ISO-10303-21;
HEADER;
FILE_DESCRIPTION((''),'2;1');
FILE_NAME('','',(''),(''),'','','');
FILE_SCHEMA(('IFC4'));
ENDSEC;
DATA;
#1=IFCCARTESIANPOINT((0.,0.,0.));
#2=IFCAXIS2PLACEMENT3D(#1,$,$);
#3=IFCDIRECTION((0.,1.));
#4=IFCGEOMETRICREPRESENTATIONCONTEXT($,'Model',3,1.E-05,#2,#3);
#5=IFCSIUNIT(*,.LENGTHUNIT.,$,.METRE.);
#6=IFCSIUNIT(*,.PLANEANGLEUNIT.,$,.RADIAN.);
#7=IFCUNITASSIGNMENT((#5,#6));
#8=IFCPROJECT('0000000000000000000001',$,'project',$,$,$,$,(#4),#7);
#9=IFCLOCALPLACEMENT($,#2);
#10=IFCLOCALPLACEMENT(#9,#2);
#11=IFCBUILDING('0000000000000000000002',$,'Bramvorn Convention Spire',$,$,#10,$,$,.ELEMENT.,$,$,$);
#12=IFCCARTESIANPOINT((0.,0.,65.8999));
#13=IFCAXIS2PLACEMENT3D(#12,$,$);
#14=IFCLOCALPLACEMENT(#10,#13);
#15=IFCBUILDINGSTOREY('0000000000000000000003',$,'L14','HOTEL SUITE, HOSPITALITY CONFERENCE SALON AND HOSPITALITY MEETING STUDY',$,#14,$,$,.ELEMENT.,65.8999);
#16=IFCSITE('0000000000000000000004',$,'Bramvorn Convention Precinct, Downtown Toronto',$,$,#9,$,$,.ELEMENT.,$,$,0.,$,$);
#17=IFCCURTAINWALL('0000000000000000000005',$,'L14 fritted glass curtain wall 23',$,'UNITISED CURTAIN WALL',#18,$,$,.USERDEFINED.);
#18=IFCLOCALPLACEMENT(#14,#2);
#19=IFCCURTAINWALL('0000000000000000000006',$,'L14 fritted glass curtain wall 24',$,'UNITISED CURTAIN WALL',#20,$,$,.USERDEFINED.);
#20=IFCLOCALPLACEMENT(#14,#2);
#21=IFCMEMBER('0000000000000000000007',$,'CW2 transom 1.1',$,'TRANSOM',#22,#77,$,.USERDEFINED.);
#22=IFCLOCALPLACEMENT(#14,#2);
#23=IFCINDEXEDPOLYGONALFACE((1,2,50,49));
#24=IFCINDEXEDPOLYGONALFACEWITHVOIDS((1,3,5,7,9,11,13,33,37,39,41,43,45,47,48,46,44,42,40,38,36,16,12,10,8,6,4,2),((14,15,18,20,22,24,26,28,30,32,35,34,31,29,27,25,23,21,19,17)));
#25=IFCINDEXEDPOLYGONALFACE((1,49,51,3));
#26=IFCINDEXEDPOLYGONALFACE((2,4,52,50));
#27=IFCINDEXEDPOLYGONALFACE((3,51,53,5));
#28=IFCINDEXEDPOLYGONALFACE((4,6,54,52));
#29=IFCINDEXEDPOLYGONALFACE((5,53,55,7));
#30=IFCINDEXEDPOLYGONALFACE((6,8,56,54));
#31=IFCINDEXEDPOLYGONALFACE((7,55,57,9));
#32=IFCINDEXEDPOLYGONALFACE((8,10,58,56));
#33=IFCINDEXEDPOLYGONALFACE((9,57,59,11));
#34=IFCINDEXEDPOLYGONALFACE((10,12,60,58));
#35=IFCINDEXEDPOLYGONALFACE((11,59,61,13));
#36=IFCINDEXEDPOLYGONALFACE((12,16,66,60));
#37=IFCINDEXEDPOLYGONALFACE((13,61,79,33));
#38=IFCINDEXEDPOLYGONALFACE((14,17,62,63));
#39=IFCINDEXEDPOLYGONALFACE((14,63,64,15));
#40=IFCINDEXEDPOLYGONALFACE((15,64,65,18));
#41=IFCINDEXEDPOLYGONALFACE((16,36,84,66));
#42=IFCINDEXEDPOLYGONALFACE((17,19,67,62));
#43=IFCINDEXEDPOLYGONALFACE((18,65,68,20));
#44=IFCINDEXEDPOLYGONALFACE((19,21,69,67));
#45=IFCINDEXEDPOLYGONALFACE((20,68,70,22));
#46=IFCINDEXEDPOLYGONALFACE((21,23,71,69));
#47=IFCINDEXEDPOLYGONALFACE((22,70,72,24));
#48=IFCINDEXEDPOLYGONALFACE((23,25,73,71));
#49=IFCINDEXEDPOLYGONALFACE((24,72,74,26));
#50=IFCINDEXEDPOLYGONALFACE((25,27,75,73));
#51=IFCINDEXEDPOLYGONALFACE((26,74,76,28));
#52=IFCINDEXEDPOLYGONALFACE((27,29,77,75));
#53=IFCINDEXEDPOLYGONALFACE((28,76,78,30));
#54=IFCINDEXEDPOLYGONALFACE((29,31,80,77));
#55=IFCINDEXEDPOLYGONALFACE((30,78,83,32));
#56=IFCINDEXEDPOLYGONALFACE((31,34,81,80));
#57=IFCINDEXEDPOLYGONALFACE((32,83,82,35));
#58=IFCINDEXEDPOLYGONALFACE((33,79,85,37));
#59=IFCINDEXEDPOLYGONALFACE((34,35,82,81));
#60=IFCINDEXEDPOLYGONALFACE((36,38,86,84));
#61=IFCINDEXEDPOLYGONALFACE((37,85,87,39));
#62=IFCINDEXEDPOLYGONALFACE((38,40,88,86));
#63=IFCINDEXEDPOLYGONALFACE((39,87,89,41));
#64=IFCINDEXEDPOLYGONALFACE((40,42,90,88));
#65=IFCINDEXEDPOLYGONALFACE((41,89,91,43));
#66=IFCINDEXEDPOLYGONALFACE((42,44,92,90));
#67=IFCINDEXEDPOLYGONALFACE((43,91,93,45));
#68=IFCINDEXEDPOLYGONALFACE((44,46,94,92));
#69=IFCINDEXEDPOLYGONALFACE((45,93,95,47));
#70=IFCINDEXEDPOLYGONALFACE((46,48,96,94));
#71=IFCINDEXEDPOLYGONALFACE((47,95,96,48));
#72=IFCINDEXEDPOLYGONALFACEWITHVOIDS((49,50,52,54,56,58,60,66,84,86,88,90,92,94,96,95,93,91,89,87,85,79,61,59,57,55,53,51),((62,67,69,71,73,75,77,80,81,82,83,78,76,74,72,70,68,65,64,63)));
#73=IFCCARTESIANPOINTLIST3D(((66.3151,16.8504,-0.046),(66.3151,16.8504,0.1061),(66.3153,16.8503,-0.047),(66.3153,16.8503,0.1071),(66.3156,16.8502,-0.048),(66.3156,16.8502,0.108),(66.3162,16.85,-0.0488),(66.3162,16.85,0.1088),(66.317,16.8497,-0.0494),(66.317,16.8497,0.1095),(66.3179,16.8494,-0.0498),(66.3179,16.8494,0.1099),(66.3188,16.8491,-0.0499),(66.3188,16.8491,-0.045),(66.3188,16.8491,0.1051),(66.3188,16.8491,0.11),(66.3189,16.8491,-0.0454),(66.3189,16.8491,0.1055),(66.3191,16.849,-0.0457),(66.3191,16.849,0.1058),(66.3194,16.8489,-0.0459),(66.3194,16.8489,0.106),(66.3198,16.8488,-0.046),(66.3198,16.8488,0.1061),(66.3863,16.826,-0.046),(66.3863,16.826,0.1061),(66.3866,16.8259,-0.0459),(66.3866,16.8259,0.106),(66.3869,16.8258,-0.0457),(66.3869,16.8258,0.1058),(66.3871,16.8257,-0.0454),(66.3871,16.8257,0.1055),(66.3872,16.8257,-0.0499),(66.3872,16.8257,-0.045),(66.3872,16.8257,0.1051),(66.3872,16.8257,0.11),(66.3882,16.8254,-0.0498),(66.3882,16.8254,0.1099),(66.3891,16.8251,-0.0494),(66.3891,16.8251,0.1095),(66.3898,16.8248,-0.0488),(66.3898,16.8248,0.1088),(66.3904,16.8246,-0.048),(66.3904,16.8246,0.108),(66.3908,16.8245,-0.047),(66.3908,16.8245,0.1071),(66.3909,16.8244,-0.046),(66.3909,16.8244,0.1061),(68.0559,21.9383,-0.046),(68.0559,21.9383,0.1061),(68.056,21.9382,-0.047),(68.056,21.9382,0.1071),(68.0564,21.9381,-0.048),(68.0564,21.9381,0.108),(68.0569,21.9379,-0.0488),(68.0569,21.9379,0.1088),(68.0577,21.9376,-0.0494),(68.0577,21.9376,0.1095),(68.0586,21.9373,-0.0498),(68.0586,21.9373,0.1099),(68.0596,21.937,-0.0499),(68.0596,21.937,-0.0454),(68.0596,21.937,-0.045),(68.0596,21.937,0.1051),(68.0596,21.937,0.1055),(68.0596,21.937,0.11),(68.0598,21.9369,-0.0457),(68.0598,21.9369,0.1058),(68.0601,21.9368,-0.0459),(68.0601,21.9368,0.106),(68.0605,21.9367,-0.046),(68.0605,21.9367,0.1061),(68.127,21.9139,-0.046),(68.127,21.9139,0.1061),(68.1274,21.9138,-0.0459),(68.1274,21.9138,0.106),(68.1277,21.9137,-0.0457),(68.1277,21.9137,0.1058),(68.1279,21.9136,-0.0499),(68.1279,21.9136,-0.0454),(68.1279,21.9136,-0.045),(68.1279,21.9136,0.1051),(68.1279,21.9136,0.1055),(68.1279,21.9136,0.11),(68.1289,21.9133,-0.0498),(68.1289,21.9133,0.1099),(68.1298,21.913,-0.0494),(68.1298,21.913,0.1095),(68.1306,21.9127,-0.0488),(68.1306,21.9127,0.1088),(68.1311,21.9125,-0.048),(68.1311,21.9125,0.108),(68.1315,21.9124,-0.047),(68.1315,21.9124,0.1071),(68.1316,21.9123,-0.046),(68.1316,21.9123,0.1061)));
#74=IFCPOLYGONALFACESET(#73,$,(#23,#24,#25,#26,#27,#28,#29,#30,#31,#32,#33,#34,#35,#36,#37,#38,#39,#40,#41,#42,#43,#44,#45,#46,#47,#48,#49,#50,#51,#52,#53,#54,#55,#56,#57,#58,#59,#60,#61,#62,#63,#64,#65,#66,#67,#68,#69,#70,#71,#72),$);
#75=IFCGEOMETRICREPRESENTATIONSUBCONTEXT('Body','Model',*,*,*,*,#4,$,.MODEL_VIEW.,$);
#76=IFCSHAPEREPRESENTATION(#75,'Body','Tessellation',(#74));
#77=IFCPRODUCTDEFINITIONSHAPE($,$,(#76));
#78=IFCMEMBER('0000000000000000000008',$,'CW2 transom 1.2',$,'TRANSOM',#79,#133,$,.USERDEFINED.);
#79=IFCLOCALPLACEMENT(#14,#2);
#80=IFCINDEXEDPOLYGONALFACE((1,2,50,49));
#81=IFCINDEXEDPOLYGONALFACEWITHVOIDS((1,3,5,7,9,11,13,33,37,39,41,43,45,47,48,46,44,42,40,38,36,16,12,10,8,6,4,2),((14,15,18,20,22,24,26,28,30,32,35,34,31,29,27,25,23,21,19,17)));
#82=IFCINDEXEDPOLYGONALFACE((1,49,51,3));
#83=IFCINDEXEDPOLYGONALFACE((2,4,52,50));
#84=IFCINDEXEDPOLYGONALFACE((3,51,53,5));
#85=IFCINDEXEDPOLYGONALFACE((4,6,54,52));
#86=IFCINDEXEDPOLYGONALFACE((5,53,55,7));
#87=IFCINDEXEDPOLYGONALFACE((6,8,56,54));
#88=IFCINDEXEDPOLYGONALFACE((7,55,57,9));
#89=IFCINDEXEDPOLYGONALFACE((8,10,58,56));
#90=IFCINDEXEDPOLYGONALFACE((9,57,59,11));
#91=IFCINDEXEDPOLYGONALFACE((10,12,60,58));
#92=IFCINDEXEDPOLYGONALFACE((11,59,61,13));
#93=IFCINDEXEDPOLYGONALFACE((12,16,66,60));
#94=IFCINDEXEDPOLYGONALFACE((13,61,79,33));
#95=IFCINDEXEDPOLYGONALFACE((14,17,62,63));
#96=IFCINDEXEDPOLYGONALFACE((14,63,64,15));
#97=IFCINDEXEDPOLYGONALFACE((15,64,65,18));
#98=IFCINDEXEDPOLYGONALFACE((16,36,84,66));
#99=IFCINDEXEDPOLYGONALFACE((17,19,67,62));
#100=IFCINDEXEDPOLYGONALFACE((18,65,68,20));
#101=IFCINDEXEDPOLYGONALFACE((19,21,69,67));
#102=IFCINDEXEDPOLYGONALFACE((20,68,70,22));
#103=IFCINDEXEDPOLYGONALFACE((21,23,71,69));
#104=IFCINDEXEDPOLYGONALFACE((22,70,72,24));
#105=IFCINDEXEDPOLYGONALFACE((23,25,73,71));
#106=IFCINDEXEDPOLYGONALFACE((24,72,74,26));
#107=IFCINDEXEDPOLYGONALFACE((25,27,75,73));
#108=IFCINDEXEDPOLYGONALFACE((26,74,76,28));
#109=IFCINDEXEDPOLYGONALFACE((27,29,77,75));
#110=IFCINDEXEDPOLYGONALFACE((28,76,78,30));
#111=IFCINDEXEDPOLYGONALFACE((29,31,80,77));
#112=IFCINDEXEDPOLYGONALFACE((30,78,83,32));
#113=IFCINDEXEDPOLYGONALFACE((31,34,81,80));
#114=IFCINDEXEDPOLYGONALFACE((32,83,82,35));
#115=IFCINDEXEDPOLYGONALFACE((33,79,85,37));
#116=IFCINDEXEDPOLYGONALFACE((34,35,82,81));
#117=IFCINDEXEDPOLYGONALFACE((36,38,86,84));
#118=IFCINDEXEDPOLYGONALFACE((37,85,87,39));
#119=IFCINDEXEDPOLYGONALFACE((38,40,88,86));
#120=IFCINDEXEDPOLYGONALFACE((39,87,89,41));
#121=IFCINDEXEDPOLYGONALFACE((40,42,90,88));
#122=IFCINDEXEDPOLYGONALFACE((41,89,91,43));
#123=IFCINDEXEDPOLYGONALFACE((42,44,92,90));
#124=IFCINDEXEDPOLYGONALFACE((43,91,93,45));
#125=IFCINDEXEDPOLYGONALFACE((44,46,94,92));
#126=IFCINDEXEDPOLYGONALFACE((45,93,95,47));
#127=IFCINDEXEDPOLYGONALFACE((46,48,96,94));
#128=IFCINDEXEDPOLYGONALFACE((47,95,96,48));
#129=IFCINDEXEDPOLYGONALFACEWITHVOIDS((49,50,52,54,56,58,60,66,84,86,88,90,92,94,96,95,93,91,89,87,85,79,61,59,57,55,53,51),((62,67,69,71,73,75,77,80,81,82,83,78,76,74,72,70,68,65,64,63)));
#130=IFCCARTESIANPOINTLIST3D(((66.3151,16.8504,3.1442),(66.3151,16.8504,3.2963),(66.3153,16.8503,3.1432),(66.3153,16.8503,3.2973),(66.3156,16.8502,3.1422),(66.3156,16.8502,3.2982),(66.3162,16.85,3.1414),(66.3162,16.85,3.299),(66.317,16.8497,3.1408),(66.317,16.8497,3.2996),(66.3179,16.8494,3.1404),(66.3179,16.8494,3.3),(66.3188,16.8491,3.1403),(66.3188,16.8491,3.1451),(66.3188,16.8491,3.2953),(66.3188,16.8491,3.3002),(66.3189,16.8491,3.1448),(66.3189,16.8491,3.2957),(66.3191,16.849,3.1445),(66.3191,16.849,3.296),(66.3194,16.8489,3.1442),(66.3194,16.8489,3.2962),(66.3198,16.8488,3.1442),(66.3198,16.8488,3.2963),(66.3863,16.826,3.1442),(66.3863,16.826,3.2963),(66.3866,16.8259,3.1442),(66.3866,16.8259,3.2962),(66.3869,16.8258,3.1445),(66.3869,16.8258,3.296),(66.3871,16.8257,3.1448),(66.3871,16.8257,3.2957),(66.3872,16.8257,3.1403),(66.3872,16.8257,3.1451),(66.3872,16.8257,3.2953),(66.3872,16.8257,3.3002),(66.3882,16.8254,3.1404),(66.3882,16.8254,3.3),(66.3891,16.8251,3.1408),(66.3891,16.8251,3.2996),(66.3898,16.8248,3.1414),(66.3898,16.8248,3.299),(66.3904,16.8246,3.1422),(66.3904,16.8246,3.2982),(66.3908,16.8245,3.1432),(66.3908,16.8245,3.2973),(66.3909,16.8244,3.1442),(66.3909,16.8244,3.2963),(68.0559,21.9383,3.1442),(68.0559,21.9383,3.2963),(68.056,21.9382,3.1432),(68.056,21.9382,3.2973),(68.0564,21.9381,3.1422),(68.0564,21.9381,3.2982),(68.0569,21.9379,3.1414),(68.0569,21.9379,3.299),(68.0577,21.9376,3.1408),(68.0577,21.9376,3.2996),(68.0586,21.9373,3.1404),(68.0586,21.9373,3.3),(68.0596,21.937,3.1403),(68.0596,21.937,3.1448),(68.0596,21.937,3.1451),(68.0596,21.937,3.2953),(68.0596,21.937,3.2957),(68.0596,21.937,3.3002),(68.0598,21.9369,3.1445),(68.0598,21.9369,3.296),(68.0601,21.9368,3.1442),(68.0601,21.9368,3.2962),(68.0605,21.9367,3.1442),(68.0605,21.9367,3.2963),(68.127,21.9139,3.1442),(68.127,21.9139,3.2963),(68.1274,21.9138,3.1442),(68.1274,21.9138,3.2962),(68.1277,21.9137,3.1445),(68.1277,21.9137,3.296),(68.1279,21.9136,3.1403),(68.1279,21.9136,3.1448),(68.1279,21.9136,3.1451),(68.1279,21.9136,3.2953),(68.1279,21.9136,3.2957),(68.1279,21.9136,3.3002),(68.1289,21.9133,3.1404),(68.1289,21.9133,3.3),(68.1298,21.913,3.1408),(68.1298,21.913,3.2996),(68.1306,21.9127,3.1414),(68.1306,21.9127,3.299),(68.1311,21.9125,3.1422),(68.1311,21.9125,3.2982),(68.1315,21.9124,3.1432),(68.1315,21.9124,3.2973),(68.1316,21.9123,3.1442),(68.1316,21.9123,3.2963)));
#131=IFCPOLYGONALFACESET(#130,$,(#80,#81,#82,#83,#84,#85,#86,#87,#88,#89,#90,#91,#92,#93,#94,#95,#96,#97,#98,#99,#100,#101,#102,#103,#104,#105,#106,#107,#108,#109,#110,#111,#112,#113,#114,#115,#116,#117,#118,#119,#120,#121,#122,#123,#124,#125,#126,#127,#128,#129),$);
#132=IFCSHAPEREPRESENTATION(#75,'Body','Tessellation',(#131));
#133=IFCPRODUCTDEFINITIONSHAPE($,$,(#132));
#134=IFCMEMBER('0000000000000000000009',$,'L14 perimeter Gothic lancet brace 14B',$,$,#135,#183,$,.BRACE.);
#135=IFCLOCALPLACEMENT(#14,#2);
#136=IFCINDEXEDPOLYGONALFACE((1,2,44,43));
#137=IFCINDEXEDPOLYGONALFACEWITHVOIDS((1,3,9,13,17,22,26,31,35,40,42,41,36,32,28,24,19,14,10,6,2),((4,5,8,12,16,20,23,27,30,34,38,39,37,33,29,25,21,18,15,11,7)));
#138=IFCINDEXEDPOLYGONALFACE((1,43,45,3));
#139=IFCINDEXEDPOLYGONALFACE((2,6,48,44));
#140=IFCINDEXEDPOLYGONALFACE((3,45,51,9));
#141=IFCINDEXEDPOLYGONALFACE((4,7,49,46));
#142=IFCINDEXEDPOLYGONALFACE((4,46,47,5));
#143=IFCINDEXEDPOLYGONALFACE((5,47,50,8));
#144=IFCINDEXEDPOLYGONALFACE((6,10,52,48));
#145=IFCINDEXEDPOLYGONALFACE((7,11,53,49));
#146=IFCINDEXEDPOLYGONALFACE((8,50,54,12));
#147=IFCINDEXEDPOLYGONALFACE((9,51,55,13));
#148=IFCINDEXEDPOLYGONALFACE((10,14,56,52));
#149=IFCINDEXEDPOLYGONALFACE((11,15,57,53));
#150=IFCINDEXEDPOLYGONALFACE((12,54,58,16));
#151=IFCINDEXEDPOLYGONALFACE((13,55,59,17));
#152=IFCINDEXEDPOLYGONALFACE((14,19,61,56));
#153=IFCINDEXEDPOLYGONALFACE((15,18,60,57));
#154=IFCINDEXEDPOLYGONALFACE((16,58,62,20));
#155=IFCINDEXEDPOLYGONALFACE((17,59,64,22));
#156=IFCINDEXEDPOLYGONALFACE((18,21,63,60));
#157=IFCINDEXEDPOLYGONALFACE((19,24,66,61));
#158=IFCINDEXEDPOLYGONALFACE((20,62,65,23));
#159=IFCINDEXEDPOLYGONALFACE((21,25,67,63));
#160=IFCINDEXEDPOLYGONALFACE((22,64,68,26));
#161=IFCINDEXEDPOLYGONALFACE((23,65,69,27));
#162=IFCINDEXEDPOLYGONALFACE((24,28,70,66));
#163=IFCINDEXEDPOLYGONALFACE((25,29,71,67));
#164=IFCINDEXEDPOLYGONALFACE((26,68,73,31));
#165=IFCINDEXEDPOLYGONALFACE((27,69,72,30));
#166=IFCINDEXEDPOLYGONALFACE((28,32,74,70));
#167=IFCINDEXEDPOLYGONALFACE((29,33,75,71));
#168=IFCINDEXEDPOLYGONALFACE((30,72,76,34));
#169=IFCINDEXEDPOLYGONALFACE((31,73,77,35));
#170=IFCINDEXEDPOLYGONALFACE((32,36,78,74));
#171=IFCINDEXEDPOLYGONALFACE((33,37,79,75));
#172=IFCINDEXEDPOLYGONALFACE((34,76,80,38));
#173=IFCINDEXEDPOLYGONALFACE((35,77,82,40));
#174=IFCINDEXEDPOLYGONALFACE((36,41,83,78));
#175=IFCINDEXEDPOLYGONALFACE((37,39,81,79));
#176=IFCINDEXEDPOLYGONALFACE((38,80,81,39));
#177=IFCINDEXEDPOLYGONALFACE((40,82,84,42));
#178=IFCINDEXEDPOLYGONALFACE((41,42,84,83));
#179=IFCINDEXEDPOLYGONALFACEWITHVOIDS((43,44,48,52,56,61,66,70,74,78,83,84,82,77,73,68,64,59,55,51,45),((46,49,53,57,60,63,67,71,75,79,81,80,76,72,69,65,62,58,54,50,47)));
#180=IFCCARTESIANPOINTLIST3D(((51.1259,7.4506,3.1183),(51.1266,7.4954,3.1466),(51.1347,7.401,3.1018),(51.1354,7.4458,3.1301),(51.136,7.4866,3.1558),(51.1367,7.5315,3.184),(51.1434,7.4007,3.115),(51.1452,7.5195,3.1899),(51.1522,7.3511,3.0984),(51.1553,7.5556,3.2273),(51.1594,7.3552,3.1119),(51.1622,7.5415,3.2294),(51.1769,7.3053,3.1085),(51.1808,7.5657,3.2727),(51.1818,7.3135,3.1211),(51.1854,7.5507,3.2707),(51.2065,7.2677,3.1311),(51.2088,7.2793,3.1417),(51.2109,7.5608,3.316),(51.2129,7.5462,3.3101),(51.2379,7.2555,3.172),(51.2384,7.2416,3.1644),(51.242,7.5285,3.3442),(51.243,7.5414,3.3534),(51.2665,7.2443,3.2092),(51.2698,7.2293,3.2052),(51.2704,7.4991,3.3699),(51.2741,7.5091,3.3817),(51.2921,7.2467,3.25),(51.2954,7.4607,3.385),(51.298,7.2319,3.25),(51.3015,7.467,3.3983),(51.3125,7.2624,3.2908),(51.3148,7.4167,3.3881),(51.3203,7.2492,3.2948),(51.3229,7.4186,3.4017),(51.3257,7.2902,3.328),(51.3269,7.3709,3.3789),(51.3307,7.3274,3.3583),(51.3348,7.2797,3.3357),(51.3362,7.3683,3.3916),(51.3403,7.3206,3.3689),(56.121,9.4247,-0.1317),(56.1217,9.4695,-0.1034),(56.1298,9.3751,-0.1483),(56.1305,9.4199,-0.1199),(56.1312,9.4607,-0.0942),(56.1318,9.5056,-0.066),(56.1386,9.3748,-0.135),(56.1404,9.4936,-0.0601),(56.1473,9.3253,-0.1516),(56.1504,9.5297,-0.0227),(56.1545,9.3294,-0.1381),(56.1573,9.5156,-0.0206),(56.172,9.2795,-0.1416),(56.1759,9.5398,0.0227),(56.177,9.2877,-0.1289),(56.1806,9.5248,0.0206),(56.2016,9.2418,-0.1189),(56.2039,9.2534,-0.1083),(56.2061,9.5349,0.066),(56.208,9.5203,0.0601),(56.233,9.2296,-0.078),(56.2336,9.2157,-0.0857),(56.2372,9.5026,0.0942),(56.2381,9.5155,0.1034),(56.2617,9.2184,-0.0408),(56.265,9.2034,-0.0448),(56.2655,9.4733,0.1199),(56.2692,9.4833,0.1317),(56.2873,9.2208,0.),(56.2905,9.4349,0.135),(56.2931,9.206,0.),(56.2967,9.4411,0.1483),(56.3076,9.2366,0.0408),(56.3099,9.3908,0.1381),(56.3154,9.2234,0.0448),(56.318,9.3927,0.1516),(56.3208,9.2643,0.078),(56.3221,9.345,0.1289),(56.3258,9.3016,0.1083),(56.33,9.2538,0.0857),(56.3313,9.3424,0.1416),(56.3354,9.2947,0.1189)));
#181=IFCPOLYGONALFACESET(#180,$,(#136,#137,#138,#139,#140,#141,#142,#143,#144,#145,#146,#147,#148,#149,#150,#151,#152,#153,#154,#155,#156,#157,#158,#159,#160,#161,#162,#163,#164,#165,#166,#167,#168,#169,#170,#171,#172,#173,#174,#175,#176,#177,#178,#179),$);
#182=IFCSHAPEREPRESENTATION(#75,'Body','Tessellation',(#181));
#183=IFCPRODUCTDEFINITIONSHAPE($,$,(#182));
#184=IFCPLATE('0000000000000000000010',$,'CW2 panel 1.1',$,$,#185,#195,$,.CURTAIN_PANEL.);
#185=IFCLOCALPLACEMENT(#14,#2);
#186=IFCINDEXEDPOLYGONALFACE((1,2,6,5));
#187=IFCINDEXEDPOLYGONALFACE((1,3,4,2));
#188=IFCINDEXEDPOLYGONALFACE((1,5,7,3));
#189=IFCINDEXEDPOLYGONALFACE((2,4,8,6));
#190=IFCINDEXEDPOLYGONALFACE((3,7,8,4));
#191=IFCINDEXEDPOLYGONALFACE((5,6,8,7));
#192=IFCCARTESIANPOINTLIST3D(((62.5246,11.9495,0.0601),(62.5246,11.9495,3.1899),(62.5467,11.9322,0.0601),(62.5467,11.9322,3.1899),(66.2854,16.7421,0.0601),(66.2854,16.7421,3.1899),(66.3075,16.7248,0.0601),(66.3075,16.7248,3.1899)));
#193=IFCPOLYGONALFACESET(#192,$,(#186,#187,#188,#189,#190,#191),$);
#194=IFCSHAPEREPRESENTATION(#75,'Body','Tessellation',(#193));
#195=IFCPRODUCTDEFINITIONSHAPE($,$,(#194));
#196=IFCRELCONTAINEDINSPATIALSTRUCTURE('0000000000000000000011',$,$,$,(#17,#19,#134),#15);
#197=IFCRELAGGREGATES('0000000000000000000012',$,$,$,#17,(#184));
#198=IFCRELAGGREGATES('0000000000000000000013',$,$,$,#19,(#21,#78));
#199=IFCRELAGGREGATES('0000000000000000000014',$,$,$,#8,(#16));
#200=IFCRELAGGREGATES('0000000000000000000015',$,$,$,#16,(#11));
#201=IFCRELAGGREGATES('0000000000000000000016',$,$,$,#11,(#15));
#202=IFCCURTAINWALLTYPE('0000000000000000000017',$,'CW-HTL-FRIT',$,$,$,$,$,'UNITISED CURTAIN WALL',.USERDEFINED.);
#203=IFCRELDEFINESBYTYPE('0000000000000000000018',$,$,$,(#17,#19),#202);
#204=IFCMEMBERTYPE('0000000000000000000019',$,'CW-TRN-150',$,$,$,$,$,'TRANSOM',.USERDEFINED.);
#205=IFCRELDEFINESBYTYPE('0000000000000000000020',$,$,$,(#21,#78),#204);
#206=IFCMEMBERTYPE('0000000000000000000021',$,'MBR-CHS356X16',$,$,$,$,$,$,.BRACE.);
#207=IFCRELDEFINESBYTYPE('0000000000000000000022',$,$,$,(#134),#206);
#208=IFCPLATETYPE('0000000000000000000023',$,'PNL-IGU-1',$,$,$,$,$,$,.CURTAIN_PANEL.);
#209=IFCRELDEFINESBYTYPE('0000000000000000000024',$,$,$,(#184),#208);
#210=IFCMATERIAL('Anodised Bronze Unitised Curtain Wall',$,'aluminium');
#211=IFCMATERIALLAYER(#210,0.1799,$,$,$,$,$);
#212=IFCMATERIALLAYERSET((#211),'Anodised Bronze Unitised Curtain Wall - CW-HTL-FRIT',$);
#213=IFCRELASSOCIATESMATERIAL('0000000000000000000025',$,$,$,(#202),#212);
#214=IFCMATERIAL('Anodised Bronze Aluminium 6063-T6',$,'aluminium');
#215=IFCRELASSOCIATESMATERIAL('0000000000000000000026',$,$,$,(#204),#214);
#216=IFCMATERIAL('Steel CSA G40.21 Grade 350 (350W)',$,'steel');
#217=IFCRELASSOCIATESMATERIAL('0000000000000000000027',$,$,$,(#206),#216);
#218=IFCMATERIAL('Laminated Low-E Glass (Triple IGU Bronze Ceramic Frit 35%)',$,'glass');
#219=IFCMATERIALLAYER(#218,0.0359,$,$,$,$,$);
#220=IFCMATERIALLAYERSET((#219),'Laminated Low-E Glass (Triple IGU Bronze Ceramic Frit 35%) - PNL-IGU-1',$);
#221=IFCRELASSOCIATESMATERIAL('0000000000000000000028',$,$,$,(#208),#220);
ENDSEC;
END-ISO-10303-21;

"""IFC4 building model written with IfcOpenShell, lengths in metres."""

from ifc_helpers import new_model, si_unit, direction, frame, origin, origin_2d, place, context, subcontext, project, spatial, rectangle, hollow_rectangle, hollow_circle, extrude, material, layer, layer_set, material_profile, profile_set, type_object, element, aggregate, save


model = new_model("IFC4")

# Units and contexts
model_context = context("Model", 3, precision=1e-05, world=origin(), true_north=direction((0.0, 1.0)))
body_context = subcontext(model_context, "Body", "Model", "MODEL_VIEW")
ifc_project = project(units=[si_unit("LENGTHUNIT", "METRE"), si_unit("PLANEANGLEUNIT", "RADIAN")], contexts=[model_context])

# Site, building, storey
site_placement = place(None, origin())
site = spatial("IfcSite", under=ifc_project, at=site_placement, Name="Bramvorn Convention Precinct, Downtown Toronto", CompositionType="ELEMENT", RefElevation=0.0)
building_placement = place(site_placement, origin())
building = spatial("IfcBuilding", under=site, at=building_placement, Name="Bramvorn Convention Spire", CompositionType="ELEMENT")
storey_placement = place(building_placement, frame((0.0, 0.0, 65.8999)))
storey = spatial("IfcBuildingStorey", under=building, at=storey_placement, Name="L14", Description="HOTEL SUITE, HOSPITALITY CONFERENCE SALON AND HOSPITALITY MEETING STUDY", CompositionType="ELEMENT", Elevation=65.8999)

# Shared definitions
ifc_material_1 = material(Name="Steel CSA G40.21 Grade 350 (350W)", Category="steel")

# Curtain walls
ifc_material_2 = material(Name="Anodised Bronze Unitised Curtain Wall", Category="aluminium")
ifc_layer_1 = layer(ifc_material_2, 0.1799)
ifc_layer_set_1 = layer_set([ifc_layer_1], Name="Anodised Bronze Unitised Curtain Wall - CW-HTL-FRIT")
curtain_wall_type = type_object("IfcCurtainWallType", Name="CW-HTL-FRIT", ElementType="UNITISED CURTAIN WALL", PredefinedType="USERDEFINED", material=ifc_layer_set_1)
curtain_wall_1_placement = place(storey_placement, origin())
curtain_wall_1 = element("IfcCurtainWall", 1, at=curtain_wall_1_placement, inside=storey, type_object=curtain_wall_type, Name="L14 fritted glass curtain wall 23", ObjectType="UNITISED CURTAIN WALL", PredefinedType="USERDEFINED")
ifc_material_3 = material(Name="Anodised Bronze Aluminium 6063-T6", Category="aluminium")
curtain_wall_2_placement = place(storey_placement, origin())
curtain_wall_2 = element("IfcCurtainWall", 2, at=curtain_wall_2_placement, inside=storey, type_object=curtain_wall_type, Name="L14 fritted glass curtain wall 24", ObjectType="UNITISED CURTAIN WALL", PredefinedType="USERDEFINED")

# Members
ifc_material_profile_1 = material_profile(ifc_material_3, hollow_rectangle(XDim=0.0801, YDim=0.1599, WallThickness=0.0039, InnerFilletRadius=0.001, OuterFilletRadius=0.0039, at=origin_2d()))
ifc_profile_set_1 = profile_set([ifc_material_profile_1], Name="Anodised Bronze Aluminium 6063-T6 - CWT80X160")
member_type_1 = type_object("IfcMemberType", Name="CW-TRN-150", ElementType="TRANSOM", PredefinedType="USERDEFINED", material=ifc_profile_set_1)
member_1_placement = place(storey_placement, frame((68.0938, 21.9253, 0.03), z_axis=(-0.323709, -0.946157, 0.0), x_axis=(0.946157, -0.323709, 0.0)))
member_1 = element("IfcMember", 3, at=member_1_placement, type_object=member_type_1, Name="CW2 transom 1.1", ObjectType="TRANSOM", PredefinedType="USERDEFINED", context=body_context, shape_type="SweptSolid", body=[
    extrude(hollow_rectangle(XDim=0.0801, YDim=0.1599, WallThickness=0.0039, InnerFilletRadius=0.001, OuterFilletRadius=0.0039, at=origin_2d()), origin(), (0.0, 0.0, 1.0), 5.3774),
])
member_2_placement = place(storey_placement, frame((68.0938, 21.9253, 3.2202), z_axis=(-0.323709, -0.946157, 0.0), x_axis=(0.946157, -0.323709, 0.0)))
member_2 = element("IfcMember", 4, at=member_2_placement, type_object=member_type_1, Name="CW2 transom 1.2", ObjectType="TRANSOM", PredefinedType="USERDEFINED", context=body_context, shape_type="SweptSolid", body=[
    extrude(hollow_rectangle(XDim=0.0801, YDim=0.1599, WallThickness=0.0039, InnerFilletRadius=0.001, OuterFilletRadius=0.0039, at=origin_2d()), origin(), (0.0, 0.0, 1.0), 5.3774),
])
ifc_material_profile_2 = material_profile(ifc_material_1, hollow_circle(Radius=0.1777, WallThickness=0.0159, at=origin_2d()))
ifc_profile_set_2 = profile_set([ifc_material_profile_2], Name="Steel CSA G40.21 Grade 350 (350W) - CHS356X16")
member_type_2 = type_object("IfcMemberType", Name="MBR-CHS356X16", PredefinedType="BRACE", material=ifc_profile_set_2)
member_3_placement = place(storey_placement, frame((56.2278, 9.3713, 0.0), z_axis=(-0.795679, -0.31446, 0.517697), x_axis=(0.367547, -0.930005, 0.0)))
element("IfcMember", 5, at=member_3_placement, inside=storey, type_object=member_type_2, Name="L14 perimeter Gothic lancet brace 14B", PredefinedType="BRACE", context=body_context, shape_type="SweptSolid", body=[
    extrude(hollow_circle(Radius=0.1777, WallThickness=0.0159, at=origin_2d()), origin(), (0.0, 0.0, 1.0), 6.2778),
])

# Plate
ifc_material_4 = material(Name="Laminated Low-E Glass (Triple IGU Bronze Ceramic Frit 35%)", Category="glass")
ifc_layer_2 = layer(ifc_material_4, 0.0359)
ifc_layer_set_2 = layer_set([ifc_layer_2], Name="Laminated Low-E Glass (Triple IGU Bronze Ceramic Frit 35%) - PNL-IGU-1")
plate_type = type_object("IfcPlateType", Name="PNL-IGU-1", PredefinedType="CURTAIN_PANEL", material=ifc_layer_set_2)
plate_1_placement = place(storey_placement, frame((64.416, 14.3372, 0.0601), z_axis=(0.0, 0.0, 1.0), x_axis=(-0.617327, -0.786706, 0.0)))
plate_1 = element("IfcPlate", 6, at=plate_1_placement, type_object=plate_type, Name="CW2 panel 1.1", PredefinedType="CURTAIN_PANEL", context=body_context, shape_type="SweptSolid", body=[
    extrude(rectangle(XDim=6.092, YDim=0.0281, at=origin_2d()), origin(), (0.0, 0.0, 1.0), 3.1299),
])
aggregate(curtain_wall_1, [plate_1])
aggregate(curtain_wall_2, [member_1, member_2])

save(model, "model.ifc")
